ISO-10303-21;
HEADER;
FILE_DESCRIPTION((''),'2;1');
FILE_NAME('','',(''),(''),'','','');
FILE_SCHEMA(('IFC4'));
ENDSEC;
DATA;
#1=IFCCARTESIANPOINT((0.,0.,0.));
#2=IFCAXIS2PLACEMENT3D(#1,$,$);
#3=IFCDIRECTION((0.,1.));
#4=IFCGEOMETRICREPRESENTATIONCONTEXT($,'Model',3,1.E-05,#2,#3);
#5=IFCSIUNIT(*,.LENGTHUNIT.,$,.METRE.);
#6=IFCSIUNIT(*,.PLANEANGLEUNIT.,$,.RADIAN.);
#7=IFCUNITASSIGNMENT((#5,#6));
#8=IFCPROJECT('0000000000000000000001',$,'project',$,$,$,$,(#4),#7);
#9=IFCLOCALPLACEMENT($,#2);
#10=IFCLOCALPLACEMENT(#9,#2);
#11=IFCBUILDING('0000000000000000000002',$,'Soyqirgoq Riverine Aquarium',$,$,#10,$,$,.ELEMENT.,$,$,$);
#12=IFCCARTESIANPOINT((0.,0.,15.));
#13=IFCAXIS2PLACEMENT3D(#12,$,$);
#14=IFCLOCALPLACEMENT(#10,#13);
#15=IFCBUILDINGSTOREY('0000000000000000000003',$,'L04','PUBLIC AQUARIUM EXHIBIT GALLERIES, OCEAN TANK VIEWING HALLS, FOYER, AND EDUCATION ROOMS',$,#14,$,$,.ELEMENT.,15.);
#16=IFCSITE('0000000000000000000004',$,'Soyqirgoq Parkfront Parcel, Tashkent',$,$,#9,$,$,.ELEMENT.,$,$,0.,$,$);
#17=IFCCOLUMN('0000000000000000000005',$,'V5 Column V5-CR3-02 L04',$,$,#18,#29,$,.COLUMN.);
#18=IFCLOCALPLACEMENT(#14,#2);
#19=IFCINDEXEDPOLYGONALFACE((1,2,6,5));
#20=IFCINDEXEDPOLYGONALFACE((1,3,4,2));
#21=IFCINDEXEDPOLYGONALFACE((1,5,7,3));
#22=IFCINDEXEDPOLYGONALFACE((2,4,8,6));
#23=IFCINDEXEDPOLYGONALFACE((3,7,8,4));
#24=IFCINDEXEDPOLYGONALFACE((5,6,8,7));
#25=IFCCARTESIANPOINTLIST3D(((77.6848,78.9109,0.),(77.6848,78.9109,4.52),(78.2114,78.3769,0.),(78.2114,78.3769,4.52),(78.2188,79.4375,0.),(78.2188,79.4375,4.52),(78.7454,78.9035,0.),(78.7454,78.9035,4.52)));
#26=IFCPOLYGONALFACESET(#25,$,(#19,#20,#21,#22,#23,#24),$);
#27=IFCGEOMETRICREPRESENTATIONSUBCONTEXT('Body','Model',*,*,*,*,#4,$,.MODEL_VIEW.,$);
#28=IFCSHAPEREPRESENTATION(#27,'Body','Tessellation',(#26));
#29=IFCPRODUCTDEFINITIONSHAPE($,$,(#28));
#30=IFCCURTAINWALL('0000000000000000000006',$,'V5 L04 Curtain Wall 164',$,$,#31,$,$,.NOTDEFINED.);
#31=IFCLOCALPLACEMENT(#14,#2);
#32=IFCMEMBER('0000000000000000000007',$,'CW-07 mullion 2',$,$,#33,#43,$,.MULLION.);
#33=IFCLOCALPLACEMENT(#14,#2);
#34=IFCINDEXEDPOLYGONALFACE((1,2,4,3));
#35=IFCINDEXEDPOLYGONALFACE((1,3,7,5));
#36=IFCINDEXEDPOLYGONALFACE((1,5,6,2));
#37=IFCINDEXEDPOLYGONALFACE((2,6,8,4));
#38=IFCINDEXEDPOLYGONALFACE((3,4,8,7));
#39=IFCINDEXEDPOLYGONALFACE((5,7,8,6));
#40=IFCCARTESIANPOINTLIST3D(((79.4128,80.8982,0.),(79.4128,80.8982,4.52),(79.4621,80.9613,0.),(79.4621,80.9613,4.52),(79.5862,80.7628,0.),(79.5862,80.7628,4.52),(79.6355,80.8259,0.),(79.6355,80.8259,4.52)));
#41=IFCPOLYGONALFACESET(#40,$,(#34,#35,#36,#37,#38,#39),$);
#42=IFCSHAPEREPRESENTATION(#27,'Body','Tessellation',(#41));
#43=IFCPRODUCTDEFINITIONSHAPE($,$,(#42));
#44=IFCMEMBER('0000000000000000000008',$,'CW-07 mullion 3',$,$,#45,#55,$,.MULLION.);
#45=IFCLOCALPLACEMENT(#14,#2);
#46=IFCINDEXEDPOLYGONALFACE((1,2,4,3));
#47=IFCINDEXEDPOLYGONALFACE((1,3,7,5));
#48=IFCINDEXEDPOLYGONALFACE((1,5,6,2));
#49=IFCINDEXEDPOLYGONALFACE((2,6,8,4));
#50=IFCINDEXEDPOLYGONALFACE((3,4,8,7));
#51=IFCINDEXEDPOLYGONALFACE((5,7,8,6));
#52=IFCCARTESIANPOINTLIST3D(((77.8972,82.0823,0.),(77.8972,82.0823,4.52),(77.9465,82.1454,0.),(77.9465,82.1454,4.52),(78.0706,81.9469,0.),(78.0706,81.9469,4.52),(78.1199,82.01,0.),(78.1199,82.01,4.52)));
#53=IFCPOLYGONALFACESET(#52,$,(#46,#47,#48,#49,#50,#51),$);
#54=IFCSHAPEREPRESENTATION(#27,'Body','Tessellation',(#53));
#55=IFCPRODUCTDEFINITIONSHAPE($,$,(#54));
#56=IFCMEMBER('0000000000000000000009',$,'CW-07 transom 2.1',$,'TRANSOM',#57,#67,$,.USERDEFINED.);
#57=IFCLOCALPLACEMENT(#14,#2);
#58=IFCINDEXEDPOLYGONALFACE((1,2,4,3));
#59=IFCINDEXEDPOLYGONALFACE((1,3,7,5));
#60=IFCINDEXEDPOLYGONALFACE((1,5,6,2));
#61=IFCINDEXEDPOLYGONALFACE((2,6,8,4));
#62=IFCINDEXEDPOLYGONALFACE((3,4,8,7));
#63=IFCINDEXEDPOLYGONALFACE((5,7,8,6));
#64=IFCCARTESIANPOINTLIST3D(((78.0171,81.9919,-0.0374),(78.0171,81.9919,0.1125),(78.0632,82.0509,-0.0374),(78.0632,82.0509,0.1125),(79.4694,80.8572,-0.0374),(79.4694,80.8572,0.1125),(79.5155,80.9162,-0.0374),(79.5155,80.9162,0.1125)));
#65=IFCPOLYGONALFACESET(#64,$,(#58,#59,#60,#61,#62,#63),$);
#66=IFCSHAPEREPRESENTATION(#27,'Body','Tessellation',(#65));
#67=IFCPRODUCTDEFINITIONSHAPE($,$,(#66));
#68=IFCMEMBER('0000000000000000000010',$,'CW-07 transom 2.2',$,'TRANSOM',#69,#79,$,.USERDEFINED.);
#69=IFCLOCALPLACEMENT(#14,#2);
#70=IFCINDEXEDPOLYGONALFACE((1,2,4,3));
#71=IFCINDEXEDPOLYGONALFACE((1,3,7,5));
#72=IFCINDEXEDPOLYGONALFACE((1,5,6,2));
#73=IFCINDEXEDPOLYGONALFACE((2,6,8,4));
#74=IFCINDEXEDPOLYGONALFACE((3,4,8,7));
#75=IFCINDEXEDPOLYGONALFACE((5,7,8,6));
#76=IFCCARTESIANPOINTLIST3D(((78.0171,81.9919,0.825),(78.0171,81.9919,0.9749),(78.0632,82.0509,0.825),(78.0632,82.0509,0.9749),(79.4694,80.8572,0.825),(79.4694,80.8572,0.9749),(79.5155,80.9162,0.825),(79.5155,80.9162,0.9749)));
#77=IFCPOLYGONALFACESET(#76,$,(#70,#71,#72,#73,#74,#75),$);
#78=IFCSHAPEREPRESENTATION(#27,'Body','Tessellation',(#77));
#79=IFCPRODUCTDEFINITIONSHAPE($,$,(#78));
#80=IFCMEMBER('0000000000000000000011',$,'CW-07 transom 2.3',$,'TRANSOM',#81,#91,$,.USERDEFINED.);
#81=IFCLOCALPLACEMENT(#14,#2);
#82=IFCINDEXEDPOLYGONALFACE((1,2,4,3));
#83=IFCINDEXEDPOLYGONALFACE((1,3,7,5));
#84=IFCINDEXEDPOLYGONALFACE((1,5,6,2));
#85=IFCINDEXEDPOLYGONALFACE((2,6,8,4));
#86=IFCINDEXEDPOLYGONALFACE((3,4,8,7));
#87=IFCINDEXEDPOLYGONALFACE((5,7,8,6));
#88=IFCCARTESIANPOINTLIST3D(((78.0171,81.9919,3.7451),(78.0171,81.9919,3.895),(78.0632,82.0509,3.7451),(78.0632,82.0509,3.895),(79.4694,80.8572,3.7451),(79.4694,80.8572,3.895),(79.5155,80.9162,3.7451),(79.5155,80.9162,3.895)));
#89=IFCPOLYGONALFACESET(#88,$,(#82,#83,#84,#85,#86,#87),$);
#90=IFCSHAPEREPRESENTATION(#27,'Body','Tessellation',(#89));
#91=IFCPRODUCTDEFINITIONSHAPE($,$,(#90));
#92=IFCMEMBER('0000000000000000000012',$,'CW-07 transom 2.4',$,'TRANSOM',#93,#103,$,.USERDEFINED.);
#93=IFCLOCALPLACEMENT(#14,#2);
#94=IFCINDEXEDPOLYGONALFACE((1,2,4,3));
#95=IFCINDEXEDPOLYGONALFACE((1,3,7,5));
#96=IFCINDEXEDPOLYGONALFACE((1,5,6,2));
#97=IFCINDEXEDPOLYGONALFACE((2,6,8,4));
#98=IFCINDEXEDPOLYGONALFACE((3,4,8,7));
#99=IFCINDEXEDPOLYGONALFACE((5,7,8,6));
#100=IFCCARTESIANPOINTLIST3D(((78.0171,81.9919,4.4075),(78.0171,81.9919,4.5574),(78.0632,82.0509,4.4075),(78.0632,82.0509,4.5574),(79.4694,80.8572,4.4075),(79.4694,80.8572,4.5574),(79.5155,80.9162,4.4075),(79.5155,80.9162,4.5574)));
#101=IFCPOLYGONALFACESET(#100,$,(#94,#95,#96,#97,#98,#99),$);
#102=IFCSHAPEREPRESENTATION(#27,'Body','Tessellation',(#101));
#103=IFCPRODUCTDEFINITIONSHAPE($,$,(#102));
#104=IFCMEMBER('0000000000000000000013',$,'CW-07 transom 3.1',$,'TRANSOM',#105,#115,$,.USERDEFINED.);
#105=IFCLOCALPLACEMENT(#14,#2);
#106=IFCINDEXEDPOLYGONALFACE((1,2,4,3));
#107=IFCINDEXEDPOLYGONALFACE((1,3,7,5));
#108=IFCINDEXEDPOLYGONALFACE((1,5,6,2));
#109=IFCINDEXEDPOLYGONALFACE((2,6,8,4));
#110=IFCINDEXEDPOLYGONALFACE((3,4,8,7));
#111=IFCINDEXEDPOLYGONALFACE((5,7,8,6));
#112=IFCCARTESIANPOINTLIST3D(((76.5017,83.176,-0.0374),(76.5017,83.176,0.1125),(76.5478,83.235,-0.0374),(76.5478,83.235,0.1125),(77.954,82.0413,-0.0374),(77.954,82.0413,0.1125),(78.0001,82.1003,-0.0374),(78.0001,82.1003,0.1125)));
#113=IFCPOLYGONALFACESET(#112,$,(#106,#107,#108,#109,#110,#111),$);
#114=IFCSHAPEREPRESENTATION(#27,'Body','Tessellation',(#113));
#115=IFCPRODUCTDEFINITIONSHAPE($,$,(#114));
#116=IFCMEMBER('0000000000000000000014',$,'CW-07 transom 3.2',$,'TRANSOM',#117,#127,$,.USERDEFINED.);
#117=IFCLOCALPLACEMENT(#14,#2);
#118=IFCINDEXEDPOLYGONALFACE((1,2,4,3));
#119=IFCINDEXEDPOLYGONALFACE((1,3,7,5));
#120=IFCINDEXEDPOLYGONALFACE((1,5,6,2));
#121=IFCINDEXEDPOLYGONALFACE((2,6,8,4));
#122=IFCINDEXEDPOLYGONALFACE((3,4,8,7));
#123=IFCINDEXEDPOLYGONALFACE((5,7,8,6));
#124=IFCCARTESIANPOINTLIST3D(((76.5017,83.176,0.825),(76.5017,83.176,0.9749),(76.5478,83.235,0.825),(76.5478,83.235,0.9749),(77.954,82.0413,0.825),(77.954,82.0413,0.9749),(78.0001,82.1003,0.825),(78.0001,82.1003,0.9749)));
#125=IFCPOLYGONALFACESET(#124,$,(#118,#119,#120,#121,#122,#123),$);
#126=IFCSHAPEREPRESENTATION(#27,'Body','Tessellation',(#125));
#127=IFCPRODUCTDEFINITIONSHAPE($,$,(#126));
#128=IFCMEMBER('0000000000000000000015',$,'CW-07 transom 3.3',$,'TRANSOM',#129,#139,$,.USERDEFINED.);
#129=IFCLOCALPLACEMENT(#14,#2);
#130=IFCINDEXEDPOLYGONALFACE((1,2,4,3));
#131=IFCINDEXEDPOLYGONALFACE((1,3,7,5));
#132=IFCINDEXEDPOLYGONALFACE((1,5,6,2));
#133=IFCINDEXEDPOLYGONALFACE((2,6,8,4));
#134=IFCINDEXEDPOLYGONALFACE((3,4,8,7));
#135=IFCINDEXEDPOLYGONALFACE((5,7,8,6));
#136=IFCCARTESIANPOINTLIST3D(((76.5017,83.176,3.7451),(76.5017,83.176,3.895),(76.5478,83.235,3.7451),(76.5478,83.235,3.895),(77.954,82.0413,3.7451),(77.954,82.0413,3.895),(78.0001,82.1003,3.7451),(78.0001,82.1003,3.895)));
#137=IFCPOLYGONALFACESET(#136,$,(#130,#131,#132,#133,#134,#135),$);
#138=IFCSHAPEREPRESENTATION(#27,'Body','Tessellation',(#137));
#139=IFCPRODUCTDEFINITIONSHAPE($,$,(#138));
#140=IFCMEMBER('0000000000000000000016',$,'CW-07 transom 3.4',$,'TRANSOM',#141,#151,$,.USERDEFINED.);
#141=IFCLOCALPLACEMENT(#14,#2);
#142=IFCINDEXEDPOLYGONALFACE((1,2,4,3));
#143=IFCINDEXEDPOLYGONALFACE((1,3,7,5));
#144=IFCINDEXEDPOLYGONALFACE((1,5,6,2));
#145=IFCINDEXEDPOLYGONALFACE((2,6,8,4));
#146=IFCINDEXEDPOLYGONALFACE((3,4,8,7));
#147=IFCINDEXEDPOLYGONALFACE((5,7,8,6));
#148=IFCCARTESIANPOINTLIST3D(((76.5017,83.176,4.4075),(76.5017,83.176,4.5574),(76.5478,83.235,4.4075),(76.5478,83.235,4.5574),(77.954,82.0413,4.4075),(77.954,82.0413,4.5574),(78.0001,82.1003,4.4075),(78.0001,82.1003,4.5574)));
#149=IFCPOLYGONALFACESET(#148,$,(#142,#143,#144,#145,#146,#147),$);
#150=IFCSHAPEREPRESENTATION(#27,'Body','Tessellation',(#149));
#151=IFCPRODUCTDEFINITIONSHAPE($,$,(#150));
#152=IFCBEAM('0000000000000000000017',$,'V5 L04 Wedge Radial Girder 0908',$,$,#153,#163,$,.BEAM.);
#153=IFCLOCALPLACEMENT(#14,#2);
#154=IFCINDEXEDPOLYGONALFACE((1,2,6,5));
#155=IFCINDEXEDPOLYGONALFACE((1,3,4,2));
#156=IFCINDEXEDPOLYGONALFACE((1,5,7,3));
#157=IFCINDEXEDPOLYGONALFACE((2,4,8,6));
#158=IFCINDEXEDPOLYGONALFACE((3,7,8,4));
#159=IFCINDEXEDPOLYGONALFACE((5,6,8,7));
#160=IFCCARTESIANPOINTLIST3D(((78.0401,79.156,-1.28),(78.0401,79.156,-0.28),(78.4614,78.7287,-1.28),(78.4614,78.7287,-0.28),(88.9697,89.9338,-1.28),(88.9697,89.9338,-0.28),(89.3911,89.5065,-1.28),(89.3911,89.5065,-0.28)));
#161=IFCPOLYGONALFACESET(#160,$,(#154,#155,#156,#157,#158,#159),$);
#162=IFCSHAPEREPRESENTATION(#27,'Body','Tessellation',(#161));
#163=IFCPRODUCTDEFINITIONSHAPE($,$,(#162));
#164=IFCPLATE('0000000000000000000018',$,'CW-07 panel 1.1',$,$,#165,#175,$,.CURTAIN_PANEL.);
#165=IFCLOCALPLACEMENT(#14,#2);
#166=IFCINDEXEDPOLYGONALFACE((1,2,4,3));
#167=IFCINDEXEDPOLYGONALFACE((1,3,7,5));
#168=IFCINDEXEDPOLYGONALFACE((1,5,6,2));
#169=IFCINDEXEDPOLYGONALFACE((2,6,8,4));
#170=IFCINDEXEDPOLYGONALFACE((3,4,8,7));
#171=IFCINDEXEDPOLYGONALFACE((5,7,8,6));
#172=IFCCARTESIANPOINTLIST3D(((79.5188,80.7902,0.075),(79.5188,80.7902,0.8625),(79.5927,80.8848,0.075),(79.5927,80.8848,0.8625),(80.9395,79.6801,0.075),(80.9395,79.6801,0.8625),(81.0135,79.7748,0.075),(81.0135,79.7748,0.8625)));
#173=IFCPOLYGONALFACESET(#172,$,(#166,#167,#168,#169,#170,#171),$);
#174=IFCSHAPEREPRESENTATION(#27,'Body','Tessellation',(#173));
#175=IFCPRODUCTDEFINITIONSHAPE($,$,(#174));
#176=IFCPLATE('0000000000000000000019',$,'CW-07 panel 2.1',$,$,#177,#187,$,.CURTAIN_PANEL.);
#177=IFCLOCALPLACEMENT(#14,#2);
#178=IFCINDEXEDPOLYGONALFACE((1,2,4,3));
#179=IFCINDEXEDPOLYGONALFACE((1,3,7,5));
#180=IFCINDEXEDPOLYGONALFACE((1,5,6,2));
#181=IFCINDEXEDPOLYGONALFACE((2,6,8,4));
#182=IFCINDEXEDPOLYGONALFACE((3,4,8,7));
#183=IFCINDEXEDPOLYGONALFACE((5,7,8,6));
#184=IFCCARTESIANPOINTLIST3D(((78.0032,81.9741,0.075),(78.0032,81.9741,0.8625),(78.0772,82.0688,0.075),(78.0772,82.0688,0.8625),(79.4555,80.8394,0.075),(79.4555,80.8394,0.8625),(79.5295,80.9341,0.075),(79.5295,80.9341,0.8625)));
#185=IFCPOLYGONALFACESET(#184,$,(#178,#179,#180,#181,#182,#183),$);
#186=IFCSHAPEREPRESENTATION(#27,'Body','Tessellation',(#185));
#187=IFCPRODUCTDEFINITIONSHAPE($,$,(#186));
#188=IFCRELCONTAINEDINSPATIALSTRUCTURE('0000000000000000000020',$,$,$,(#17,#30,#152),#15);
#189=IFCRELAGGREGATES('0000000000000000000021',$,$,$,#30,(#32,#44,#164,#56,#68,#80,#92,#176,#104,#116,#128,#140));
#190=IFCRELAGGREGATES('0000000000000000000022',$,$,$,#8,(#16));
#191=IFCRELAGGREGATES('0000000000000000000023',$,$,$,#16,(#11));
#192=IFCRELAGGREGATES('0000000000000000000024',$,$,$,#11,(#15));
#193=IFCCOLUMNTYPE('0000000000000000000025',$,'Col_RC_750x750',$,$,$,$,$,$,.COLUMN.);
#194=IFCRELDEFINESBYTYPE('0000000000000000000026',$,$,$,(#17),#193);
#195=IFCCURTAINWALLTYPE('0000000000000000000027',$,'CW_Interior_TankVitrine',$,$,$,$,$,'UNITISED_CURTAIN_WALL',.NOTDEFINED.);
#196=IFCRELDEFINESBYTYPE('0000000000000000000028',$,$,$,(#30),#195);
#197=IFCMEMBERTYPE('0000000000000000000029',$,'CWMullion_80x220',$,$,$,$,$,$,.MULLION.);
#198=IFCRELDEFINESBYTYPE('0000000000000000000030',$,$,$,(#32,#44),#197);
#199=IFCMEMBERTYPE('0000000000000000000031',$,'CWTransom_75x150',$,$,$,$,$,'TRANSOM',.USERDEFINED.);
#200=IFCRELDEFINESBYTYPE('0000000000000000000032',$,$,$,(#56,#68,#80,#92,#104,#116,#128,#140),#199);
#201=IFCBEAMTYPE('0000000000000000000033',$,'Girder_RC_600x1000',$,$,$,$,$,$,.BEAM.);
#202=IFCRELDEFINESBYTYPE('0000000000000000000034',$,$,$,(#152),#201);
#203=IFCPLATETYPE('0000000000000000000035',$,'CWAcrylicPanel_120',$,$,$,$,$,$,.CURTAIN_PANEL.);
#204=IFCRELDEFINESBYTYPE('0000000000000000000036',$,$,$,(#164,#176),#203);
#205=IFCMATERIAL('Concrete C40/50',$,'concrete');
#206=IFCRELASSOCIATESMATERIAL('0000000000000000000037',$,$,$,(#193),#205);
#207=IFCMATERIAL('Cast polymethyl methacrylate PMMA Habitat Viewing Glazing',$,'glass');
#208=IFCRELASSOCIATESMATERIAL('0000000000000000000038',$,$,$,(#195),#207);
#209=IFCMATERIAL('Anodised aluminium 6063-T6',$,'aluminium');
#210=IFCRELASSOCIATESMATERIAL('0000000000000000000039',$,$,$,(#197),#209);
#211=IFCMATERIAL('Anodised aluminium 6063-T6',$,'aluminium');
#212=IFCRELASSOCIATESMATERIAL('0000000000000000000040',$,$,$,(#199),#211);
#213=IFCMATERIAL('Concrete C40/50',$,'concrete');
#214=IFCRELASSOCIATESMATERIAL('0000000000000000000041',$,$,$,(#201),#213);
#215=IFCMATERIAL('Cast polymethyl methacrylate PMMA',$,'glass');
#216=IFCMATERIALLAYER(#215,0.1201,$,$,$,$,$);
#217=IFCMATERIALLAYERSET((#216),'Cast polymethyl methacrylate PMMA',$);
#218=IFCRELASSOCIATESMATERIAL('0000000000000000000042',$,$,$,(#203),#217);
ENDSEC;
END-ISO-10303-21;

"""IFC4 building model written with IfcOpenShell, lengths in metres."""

from ifc_helpers import new_model, si_unit, direction, frame, origin, origin_2d, place, context, subcontext, project, spatial, rectangle, extrude, material, layer, layer_set, material_profile, profile_set, type_object, element, aggregate, save


model = new_model("IFC4")

# Units and contexts
model_context = context("Model", 3, precision=1e-05, world=origin(), true_north=direction((0.0, 1.0)))
body_context = subcontext(model_context, "Body", "Model", "MODEL_VIEW")
ifc_project = project(units=[si_unit("LENGTHUNIT", "METRE"), si_unit("PLANEANGLEUNIT", "RADIAN")], contexts=[model_context])

# Site, building, storey
site_placement = place(None, origin())
site = spatial("IfcSite", under=ifc_project, at=site_placement, Name="Soyqirgoq Parkfront Parcel, Tashkent", CompositionType="ELEMENT", RefElevation=0.0)
building_placement = place(site_placement, origin())
building = spatial("IfcBuilding", under=site, at=building_placement, Name="Soyqirgoq Riverine Aquarium", CompositionType="ELEMENT")
storey_placement = place(building_placement, frame((0.0, 0.0, 15.0)))
storey = spatial("IfcBuildingStorey", under=building, at=storey_placement, Name="L04", Description="PUBLIC AQUARIUM EXHIBIT GALLERIES, OCEAN TANK VIEWING HALLS, FOYER, AND EDUCATION ROOMS", CompositionType="ELEMENT", Elevation=15.0)

# Column
ifc_material_1 = material(Name="Concrete C40/50", Category="concrete")
ifc_material_profile_1 = material_profile(ifc_material_1, rectangle(XDim=0.75, YDim=0.75, at=origin_2d()), Name="RC 750x750")
ifc_profile_set_1 = profile_set([ifc_material_profile_1], Name="Concrete C40/50")
column_type = type_object("IfcColumnType", Name="Col_RC_750x750", PredefinedType="COLUMN", material=ifc_profile_set_1)
column_placement = place(storey_placement, frame((78.2151, 78.9072, 0.0), z_axis=(0.0, 0.0, 1.0), x_axis=(0.712026, 0.702153, 0.0)))
element("IfcColumn", 1, at=column_placement, inside=storey, type_object=column_type, Name="V5 Column V5-CR3-02 L04", PredefinedType="COLUMN", context=body_context, shape_type="SweptSolid", body=[
    extrude(rectangle(XDim=0.75, YDim=0.75, at=origin_2d()), origin(), (0.0, 0.0, 1.0), 4.52),
])

# Curtain wall, members
ifc_material_2 = material(Name="Cast polymethyl methacrylate PMMA Habitat Viewing Glazing", Category="glass")
curtain_wall_type = type_object("IfcCurtainWallType", Name="CW_Interior_TankVitrine", ElementType="UNITISED_CURTAIN_WALL", PredefinedType="NOTDEFINED", material=ifc_material_2)
curtain_wall_placement = place(storey_placement, origin())
curtain_wall = element("IfcCurtainWall", 2, at=curtain_wall_placement, inside=storey, type_object=curtain_wall_type, Name="V5 L04 Curtain Wall 164", PredefinedType="NOTDEFINED")
ifc_material_3 = material(Name="Anodised aluminium 6063-T6", Category="aluminium")
ifc_material_profile_2 = material_profile(ifc_material_3, rectangle(XDim=0.0801, YDim=0.22, at=origin_2d()), Name="ALU-M 80x220")
ifc_profile_set_2 = profile_set([ifc_material_profile_2], Name="Anodised aluminium 6063-T6")
member_type_1 = type_object("IfcMemberType", Name="CWMullion_80x220", PredefinedType="MULLION", material=ifc_profile_set_2)
member_1_placement = place(storey_placement, frame((79.5242, 80.8621, 0.0), z_axis=(0.0, 0.0, 1.0), x_axis=(-0.615655, -0.788016, 0.0)))
member_1 = element("IfcMember", 3, at=member_1_placement, type_object=member_type_1, Name="CW-07 mullion 2", PredefinedType="MULLION", context=body_context, shape_type="SweptSolid", body=[
    extrude(rectangle(XDim=0.0801, YDim=0.22, at=origin_2d()), origin(), (0.0, 0.0, 1.0), 4.52),
])
member_2_placement = place(storey_placement, frame((78.0085, 82.0461, 0.0), z_axis=(0.0, 0.0, 1.0), x_axis=(-0.615655, -0.788016, 0.0)))
member_2 = element("IfcMember", 4, at=member_2_placement, type_object=member_type_1, Name="CW-07 mullion 3", PredefinedType="MULLION", context=body_context, shape_type="SweptSolid", body=[
    extrude(rectangle(XDim=0.0801, YDim=0.22, at=origin_2d()), origin(), (0.0, 0.0, 1.0), 4.52),
])
ifc_material_4 = material(Name="Anodised aluminium 6063-T6", Category="aluminium")
ifc_material_profile_3 = material_profile(ifc_material_4, rectangle(XDim=0.075, YDim=0.1499, at=origin_2d()), Name="ALU-T 75x150")
ifc_profile_set_3 = profile_set([ifc_material_profile_3], Name="Anodised aluminium 6063-T6")
member_type_2 = type_object("IfcMemberType", Name="CWTransom_75x150", ElementType="TRANSOM", PredefinedType="USERDEFINED", material=ifc_profile_set_3)
member_3_placement = place(storey_placement, frame((79.4924, 80.8867, 0.0376), z_axis=(-0.788002, 0.615672, 0.0), x_axis=(-0.615672, -0.788002, 0.0)))
member_3 = element("IfcMember", 5, at=member_3_placement, type_object=member_type_2, Name="CW-07 transom 2.1", ObjectType="TRANSOM", PredefinedType="USERDEFINED", context=body_context, shape_type="SweptSolid", body=[
    extrude(rectangle(XDim=0.075, YDim=0.1499, at=origin_2d()), origin(), (0.0, 0.0, 1.0), 1.843),
])
member_4_placement = place(storey_placement, frame((79.4924, 80.8867, 0.8999), z_axis=(-0.788002, 0.615672, 0.0), x_axis=(-0.615672, -0.788002, 0.0)))
member_4 = element("IfcMember", 6, at=member_4_placement, type_object=member_type_2, Name="CW-07 transom 2.2", ObjectType="TRANSOM", PredefinedType="USERDEFINED", context=body_context, shape_type="SweptSolid", body=[
    extrude(rectangle(XDim=0.075, YDim=0.1499, at=origin_2d()), origin(), (0.0, 0.0, 1.0), 1.843),
])
member_5_placement = place(storey_placement, frame((79.4924, 80.8867, 3.8201), z_axis=(-0.788002, 0.615672, 0.0), x_axis=(-0.615672, -0.788002, 0.0)))
member_5 = element("IfcMember", 7, at=member_5_placement, type_object=member_type_2, Name="CW-07 transom 2.3", ObjectType="TRANSOM", PredefinedType="USERDEFINED", context=body_context, shape_type="SweptSolid", body=[
    extrude(rectangle(XDim=0.075, YDim=0.1499, at=origin_2d()), origin(), (0.0, 0.0, 1.0), 1.843),
])
member_6_placement = place(storey_placement, frame((79.4924, 80.8867, 4.4824), z_axis=(-0.788002, 0.615672, 0.0), x_axis=(-0.615672, -0.788002, 0.0)))
member_6 = element("IfcMember", 8, at=member_6_placement, type_object=member_type_2, Name="CW-07 transom 2.4", ObjectType="TRANSOM", PredefinedType="USERDEFINED", context=body_context, shape_type="SweptSolid", body=[
    extrude(rectangle(XDim=0.075, YDim=0.1499, at=origin_2d()), origin(), (0.0, 0.0, 1.0), 1.843),
])
member_7_placement = place(storey_placement, frame((77.9771, 82.0708, 0.0376), z_axis=(-0.788002, 0.615672, 0.0), x_axis=(-0.615672, -0.788002, 0.0)))
member_7 = element("IfcMember", 9, at=member_7_placement, type_object=member_type_2, Name="CW-07 transom 3.1", ObjectType="TRANSOM", PredefinedType="USERDEFINED", context=body_context, shape_type="SweptSolid", body=[
    extrude(rectangle(XDim=0.075, YDim=0.1499, at=origin_2d()), origin(), (0.0, 0.0, 1.0), 1.843),
])
member_8_placement = place(storey_placement, frame((77.9771, 82.0708, 0.8999), z_axis=(-0.788002, 0.615672, 0.0), x_axis=(-0.615672, -0.788002, 0.0)))
member_8 = element("IfcMember", 10, at=member_8_placement, type_object=member_type_2, Name="CW-07 transom 3.2", ObjectType="TRANSOM", PredefinedType="USERDEFINED", context=body_context, shape_type="SweptSolid", body=[
    extrude(rectangle(XDim=0.075, YDim=0.1499, at=origin_2d()), origin(), (0.0, 0.0, 1.0), 1.843),
])
member_9_placement = place(storey_placement, frame((77.9771, 82.0708, 3.8201), z_axis=(-0.788002, 0.615672, 0.0), x_axis=(-0.615672, -0.788002, 0.0)))
member_9 = element("IfcMember", 11, at=member_9_placement, type_object=member_type_2, Name="CW-07 transom 3.3", ObjectType="TRANSOM", PredefinedType="USERDEFINED", context=body_context, shape_type="SweptSolid", body=[
    extrude(rectangle(XDim=0.075, YDim=0.1499, at=origin_2d()), origin(), (0.0, 0.0, 1.0), 1.843),
])
member_10_placement = place(storey_placement, frame((77.9771, 82.0708, 4.4824), z_axis=(-0.788002, 0.615672, 0.0), x_axis=(-0.615672, -0.788002, 0.0)))
member_10 = element("IfcMember", 12, at=member_10_placement, type_object=member_type_2, Name="CW-07 transom 3.4", ObjectType="TRANSOM", PredefinedType="USERDEFINED", context=body_context, shape_type="SweptSolid", body=[
    extrude(rectangle(XDim=0.075, YDim=0.1499, at=origin_2d()), origin(), (0.0, 0.0, 1.0), 1.843),
])

# Beam
ifc_material_5 = material(Name="Concrete C40/50", Category="concrete")
ifc_material_profile_4 = material_profile(ifc_material_5, rectangle(XDim=0.6001, YDim=1.0, at=origin_2d()), Name="RC 600x1000")
ifc_profile_set_4 = profile_set([ifc_material_profile_4], Name="Concrete C40/50")
beam_type = type_object("IfcBeamType", Name="Girder_RC_600x1000", PredefinedType="BEAM", material=ifc_profile_set_4)
beam_placement = place(storey_placement, frame((78.2507, 78.9424, -0.78), z_axis=(0.712036, 0.702143, 0.0), x_axis=(-0.702143, 0.712036, 0.0)))
element("IfcBeam", 13, at=beam_placement, inside=storey, type_object=beam_type, Name="V5 L04 Wedge Radial Girder 0908", PredefinedType="BEAM", context=body_context, shape_type="SweptSolid", body=[
    extrude(rectangle(XDim=0.6001, YDim=1.0, at=origin_2d()), origin(), (0.0, 0.0, 1.0), 15.3499),
])

# Plates
ifc_material_6 = material(Name="Cast polymethyl methacrylate PMMA", Category="glass")
ifc_layer = layer(ifc_material_6, 0.1201)
ifc_layer_set = layer_set([ifc_layer], Name="Cast polymethyl methacrylate PMMA")
plate_type = type_object("IfcPlateType", Name="CWAcrylicPanel_120", PredefinedType="CURTAIN_PANEL", material=ifc_layer_set)
plate_1_placement = place(storey_placement, frame((80.2661, 80.2825, 0.075), z_axis=(0.0, 0.0, 1.0), x_axis=(-0.788016, 0.615655, 0.0)))
plate_1 = element("IfcPlate", 14, at=plate_1_placement, type_object=plate_type, Name="CW-07 panel 1.1", PredefinedType="CURTAIN_PANEL", context=body_context, shape_type="SweptSolid", body=[
    extrude(rectangle(XDim=1.803, YDim=0.1201, at=origin_2d()), origin(), (0.0, 0.0, 1.0), 0.7876),
])
plate_2_placement = place(storey_placement, frame((78.7664, 81.4541, 0.075), z_axis=(0.0, 0.0, 1.0), x_axis=(-0.788016, 0.615655, 0.0)))
plate_2 = element("IfcPlate", 15, at=plate_2_placement, type_object=plate_type, Name="CW-07 panel 2.1", PredefinedType="CURTAIN_PANEL", context=body_context, shape_type="SweptSolid", body=[
    extrude(rectangle(XDim=1.843, YDim=0.1201, at=origin_2d()), origin(), (0.0, 0.0, 1.0), 0.7876),
])
aggregate(curtain_wall, [member_1, member_2, plate_1, member_3, member_4, member_5, member_6, plate_2, member_7, member_8, member_9, member_10])

save(model, "model.ifc")
